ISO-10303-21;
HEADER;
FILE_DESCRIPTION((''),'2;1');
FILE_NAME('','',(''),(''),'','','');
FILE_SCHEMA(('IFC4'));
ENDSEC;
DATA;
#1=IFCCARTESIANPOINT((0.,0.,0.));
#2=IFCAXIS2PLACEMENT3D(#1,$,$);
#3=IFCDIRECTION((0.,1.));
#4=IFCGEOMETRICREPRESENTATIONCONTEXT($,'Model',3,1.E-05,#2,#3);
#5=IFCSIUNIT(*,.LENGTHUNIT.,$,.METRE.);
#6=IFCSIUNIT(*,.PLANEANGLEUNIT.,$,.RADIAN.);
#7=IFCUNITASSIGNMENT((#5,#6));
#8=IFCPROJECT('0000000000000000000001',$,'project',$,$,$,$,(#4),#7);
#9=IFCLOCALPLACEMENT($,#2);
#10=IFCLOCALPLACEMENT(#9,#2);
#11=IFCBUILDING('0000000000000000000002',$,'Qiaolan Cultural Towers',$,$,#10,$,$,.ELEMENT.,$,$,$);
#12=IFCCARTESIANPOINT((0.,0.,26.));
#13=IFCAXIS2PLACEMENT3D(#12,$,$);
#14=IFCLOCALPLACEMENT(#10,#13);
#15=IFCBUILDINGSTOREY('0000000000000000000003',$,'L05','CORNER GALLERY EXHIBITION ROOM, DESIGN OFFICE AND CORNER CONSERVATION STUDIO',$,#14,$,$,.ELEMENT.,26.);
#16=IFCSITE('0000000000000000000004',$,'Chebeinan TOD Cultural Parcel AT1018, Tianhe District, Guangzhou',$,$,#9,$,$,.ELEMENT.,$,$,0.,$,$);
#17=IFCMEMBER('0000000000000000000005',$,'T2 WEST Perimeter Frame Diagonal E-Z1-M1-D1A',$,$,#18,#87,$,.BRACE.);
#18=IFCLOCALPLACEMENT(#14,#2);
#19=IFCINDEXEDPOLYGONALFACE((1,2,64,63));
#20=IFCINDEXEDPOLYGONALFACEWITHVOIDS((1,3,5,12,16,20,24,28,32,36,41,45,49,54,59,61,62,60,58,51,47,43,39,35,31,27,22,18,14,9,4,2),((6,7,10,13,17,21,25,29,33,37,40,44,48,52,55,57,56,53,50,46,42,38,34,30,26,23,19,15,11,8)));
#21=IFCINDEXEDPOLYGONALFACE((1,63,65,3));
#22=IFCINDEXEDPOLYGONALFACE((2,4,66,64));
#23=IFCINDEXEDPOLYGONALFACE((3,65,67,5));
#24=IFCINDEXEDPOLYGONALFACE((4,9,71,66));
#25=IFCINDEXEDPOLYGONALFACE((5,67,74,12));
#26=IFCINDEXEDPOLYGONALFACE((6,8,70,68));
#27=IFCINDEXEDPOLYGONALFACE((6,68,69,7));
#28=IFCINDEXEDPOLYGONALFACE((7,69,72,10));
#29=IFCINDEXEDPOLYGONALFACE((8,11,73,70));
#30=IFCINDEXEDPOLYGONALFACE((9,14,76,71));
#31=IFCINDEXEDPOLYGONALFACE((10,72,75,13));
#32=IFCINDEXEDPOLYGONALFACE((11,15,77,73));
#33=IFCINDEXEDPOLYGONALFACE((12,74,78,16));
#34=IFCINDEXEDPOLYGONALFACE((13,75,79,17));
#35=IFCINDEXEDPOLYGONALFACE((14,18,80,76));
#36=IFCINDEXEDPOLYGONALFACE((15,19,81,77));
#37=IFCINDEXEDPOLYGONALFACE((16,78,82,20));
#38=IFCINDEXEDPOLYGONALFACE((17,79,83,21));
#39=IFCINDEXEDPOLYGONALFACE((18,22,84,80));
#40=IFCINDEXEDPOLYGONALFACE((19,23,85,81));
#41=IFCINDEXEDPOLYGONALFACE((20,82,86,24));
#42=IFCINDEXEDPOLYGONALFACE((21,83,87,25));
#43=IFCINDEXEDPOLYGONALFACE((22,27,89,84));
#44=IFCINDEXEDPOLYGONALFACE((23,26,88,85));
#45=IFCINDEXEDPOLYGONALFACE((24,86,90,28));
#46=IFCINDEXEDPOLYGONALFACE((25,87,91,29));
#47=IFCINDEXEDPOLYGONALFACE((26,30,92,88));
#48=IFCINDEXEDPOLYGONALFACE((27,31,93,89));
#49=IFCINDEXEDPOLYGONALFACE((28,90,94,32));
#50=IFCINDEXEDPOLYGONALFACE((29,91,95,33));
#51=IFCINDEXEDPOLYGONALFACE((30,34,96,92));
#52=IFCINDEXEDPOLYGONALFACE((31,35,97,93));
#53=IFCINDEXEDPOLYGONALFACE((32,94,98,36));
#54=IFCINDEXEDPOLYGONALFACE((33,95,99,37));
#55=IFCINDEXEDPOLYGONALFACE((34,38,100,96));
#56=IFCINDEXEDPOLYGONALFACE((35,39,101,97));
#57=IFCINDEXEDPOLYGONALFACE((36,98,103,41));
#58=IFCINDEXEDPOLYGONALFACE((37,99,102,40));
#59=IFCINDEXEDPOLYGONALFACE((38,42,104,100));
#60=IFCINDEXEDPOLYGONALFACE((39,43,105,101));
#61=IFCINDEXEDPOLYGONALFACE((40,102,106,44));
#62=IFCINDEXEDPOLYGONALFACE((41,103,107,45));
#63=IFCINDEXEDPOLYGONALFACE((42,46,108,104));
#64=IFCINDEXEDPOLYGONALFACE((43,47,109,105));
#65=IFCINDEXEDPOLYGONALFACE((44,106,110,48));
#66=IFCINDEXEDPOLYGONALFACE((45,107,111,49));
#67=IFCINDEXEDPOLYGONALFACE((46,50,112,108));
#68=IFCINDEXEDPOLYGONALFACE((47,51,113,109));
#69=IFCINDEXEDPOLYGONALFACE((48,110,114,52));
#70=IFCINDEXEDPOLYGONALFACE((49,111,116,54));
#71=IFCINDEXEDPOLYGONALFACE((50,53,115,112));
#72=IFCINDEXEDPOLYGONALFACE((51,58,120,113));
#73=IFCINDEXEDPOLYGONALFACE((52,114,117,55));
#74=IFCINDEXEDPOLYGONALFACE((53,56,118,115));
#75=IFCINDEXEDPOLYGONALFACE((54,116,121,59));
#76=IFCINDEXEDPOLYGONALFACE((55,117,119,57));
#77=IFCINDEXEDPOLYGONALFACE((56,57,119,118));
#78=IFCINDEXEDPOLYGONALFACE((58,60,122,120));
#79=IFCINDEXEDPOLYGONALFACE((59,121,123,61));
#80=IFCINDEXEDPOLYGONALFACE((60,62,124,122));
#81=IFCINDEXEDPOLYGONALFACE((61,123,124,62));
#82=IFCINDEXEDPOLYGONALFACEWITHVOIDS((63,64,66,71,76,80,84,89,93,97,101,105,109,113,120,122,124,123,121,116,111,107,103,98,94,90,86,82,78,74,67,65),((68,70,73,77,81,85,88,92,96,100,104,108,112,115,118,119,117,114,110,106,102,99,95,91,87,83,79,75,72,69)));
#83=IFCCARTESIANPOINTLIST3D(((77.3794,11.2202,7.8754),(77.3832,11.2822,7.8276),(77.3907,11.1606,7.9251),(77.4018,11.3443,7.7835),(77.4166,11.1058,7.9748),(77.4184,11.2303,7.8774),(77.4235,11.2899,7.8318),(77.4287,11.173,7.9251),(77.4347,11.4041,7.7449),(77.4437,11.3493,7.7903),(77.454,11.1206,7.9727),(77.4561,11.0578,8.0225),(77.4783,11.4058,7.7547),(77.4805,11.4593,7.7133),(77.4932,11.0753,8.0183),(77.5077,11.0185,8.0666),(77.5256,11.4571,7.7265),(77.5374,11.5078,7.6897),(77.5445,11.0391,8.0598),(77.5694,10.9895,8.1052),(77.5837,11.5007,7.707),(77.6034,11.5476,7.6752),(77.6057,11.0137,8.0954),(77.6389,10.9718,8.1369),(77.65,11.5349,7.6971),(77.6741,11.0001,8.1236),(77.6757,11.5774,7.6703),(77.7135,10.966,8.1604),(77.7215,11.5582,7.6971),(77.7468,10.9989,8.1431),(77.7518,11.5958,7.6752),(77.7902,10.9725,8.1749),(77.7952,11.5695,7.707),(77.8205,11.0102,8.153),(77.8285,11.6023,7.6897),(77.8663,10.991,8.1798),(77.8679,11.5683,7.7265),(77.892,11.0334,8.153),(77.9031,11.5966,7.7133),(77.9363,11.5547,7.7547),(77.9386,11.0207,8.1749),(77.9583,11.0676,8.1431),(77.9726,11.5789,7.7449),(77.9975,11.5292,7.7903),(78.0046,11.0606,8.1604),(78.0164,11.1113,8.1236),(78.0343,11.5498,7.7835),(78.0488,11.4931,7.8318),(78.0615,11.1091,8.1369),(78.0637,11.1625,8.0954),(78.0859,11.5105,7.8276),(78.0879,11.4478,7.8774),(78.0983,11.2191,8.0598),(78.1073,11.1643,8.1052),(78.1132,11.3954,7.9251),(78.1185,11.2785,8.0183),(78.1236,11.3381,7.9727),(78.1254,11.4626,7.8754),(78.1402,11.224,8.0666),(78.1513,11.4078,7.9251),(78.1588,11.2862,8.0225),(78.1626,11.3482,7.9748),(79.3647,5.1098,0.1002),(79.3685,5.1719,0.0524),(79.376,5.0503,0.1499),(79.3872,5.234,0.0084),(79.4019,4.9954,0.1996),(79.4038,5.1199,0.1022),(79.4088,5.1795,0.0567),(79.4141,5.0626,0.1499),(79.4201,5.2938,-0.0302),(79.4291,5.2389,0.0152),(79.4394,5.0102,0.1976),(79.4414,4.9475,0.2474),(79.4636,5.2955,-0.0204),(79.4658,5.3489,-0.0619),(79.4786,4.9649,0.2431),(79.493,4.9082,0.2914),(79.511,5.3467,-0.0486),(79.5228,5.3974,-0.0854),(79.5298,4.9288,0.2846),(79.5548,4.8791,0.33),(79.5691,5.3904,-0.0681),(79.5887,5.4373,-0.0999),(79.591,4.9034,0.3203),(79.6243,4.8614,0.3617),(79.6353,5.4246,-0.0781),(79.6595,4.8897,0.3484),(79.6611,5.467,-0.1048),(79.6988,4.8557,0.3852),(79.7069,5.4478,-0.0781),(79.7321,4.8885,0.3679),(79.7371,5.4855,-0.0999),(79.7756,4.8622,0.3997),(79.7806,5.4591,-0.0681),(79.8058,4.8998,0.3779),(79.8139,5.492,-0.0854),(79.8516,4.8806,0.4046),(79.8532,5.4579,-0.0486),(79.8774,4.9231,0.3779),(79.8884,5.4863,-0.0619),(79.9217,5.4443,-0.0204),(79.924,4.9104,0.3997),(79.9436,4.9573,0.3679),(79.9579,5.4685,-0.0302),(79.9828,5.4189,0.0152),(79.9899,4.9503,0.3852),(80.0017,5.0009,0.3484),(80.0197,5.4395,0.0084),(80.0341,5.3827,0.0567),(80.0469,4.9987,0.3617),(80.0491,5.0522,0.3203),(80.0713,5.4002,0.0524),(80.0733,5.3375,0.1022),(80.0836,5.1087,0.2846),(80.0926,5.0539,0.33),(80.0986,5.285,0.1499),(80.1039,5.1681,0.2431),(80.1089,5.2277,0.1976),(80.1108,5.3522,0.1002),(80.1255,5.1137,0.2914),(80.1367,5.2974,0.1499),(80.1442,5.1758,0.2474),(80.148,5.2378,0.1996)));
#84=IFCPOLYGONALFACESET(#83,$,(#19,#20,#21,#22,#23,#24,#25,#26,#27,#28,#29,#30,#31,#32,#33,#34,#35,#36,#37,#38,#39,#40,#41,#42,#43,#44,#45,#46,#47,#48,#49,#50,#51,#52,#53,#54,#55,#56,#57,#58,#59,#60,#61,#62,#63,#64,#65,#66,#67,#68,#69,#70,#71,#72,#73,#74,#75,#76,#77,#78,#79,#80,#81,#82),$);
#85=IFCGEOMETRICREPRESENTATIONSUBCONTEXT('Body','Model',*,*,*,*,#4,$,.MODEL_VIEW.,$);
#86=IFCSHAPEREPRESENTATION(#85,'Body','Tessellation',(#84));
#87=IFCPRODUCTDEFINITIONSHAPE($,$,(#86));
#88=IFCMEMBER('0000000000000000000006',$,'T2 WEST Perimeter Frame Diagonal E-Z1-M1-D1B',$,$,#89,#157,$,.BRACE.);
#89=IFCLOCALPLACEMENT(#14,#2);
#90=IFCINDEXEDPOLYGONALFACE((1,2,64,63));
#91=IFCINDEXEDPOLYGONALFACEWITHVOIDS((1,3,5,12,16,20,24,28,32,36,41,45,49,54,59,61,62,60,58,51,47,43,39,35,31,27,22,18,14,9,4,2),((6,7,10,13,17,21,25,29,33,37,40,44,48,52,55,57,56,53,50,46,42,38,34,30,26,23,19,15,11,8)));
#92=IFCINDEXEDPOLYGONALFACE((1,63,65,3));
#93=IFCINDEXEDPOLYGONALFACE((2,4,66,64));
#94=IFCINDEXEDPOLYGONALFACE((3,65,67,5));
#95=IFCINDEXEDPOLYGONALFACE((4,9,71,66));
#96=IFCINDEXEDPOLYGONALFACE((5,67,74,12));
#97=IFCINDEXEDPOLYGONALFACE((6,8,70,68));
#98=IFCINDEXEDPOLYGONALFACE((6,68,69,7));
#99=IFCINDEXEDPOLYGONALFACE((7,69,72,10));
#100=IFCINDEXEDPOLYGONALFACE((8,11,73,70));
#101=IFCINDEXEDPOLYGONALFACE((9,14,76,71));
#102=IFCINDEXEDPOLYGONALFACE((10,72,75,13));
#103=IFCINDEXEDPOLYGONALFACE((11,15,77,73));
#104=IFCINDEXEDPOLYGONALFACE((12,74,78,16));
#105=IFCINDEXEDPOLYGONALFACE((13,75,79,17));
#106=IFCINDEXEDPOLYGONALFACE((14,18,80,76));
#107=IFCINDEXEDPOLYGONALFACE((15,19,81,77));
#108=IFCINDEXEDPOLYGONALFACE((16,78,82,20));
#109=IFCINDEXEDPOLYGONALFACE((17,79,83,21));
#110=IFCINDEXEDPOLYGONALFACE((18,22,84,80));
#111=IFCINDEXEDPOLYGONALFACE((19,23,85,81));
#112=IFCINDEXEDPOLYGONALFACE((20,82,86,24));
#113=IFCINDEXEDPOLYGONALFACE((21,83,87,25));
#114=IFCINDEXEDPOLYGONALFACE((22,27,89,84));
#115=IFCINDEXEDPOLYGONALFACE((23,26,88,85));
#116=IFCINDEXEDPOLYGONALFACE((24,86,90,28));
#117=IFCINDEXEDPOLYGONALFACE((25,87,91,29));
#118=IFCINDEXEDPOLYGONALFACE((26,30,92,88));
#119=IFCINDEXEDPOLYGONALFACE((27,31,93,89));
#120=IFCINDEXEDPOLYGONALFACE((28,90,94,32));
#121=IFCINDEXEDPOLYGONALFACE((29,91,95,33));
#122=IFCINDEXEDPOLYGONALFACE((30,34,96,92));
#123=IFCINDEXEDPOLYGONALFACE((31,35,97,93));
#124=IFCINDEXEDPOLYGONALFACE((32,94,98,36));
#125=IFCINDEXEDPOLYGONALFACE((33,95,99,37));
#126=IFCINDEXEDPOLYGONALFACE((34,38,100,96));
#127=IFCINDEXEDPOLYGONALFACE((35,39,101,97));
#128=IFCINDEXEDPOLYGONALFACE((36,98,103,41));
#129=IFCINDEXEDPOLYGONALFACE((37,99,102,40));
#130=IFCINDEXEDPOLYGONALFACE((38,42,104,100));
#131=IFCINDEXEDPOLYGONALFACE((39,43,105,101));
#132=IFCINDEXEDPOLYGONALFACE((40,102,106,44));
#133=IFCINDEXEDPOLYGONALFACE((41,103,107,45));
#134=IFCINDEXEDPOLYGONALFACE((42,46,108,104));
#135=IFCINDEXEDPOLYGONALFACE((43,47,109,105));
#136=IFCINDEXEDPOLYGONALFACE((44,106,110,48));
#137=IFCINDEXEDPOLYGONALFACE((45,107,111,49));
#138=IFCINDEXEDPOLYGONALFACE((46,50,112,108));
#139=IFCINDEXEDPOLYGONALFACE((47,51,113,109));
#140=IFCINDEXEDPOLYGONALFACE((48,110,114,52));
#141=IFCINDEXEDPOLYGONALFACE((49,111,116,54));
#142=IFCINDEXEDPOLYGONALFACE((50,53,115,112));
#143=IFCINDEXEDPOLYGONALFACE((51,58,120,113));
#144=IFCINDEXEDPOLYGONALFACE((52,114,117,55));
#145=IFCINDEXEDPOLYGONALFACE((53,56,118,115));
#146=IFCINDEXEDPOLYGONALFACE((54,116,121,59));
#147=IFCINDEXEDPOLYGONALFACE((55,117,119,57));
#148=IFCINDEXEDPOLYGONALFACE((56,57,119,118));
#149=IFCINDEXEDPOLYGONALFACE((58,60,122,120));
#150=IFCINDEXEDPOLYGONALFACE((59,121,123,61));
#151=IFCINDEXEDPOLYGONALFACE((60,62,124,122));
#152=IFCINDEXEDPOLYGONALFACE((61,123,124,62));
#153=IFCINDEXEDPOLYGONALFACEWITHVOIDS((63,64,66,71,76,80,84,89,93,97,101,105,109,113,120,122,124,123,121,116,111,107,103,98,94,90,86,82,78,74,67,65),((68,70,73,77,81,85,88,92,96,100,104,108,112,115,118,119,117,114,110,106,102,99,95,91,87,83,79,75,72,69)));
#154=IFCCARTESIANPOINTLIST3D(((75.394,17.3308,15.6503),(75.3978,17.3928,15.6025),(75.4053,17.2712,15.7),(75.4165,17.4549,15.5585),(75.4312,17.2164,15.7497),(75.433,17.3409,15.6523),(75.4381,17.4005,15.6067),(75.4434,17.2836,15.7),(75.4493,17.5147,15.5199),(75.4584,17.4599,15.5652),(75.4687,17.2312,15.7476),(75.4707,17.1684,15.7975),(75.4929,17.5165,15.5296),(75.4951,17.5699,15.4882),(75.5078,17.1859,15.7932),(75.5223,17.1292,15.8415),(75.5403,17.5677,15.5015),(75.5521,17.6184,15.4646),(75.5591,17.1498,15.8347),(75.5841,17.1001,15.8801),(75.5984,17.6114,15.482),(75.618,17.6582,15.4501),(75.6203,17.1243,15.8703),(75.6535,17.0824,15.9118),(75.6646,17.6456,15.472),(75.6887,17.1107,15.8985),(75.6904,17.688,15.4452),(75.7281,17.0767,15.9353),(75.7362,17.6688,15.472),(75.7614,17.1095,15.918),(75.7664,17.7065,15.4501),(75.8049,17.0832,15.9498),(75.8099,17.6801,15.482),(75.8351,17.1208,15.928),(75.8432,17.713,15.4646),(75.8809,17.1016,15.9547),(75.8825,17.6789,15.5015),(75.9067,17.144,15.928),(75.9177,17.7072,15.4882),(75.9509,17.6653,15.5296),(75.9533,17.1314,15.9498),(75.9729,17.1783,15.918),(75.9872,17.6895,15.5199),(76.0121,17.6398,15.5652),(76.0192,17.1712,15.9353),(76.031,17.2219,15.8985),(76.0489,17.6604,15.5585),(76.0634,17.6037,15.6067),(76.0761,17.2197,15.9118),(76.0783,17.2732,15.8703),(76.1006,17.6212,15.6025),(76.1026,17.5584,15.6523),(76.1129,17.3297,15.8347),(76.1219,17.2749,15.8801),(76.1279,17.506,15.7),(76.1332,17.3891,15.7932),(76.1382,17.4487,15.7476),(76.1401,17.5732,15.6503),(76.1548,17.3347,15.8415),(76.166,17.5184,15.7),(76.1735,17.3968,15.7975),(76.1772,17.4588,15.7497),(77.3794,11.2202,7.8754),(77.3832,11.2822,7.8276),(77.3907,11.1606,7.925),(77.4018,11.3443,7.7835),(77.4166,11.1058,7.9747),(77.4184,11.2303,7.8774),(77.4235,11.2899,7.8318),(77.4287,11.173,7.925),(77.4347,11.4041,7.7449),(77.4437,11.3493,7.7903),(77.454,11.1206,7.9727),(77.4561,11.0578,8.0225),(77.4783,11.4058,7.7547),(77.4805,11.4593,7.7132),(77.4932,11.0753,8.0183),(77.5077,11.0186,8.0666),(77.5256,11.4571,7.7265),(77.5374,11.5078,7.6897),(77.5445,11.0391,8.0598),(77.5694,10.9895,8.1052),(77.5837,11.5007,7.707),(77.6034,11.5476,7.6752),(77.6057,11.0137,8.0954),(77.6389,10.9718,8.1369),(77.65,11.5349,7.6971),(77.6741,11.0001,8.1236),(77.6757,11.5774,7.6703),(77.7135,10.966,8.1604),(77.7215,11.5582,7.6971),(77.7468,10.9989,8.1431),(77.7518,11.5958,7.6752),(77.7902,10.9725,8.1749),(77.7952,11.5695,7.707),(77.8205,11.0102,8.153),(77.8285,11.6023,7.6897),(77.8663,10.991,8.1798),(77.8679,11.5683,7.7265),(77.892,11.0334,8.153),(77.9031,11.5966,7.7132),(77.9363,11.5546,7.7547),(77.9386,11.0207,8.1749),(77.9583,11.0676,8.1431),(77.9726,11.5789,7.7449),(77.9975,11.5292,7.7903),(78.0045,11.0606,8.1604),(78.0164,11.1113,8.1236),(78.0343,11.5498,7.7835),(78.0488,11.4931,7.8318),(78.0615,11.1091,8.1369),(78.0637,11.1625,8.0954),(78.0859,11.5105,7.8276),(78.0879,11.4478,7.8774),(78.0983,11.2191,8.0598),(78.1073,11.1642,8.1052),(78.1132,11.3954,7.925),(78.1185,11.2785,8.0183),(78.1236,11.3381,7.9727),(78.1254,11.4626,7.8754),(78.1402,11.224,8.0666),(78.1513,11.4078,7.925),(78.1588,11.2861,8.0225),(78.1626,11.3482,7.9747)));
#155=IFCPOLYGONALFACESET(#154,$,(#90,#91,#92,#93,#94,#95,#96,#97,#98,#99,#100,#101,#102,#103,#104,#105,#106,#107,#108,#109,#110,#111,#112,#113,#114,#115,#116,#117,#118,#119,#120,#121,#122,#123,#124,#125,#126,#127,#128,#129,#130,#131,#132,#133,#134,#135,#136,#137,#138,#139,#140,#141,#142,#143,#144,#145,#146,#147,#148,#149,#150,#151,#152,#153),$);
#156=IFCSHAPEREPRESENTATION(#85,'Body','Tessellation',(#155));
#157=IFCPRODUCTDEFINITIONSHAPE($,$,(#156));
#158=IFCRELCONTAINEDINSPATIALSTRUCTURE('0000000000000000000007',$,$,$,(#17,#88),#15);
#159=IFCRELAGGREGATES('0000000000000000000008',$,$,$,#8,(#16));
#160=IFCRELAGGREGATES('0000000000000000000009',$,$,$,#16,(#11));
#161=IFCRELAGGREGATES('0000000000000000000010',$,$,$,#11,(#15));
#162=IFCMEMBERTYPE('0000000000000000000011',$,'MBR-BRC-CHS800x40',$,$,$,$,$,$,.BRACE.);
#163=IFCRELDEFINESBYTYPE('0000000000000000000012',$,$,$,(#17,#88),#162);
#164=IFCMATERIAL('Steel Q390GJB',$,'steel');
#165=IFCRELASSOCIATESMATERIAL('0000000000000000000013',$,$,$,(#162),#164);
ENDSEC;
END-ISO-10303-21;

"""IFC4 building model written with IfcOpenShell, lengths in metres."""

from ifc_helpers import new_model, si_unit, direction, frame, origin, origin_2d, place, context, subcontext, project, spatial, hollow_circle, extrude, material, material_profile, profile_set, type_object, element, save


model = new_model("IFC4")

# Units and contexts
model_context = context("Model", 3, precision=1e-05, world=origin(), true_north=direction((0.0, 1.0)))
body_context = subcontext(model_context, "Body", "Model", "MODEL_VIEW")
ifc_project = project(units=[si_unit("LENGTHUNIT", "METRE"), si_unit("PLANEANGLEUNIT", "RADIAN")], contexts=[model_context])

# Site, building, storey
site_placement = place(None, origin())
site = spatial("IfcSite", under=ifc_project, at=site_placement, Name="Chebeinan TOD Cultural Parcel AT1018, Tianhe District, Guangzhou", CompositionType="ELEMENT", RefElevation=0.0)
building_placement = place(site_placement, origin())
building = spatial("IfcBuilding", under=site, at=building_placement, Name="Qiaolan Cultural Towers", CompositionType="ELEMENT")
storey_placement = place(building_placement, frame((0.0, 0.0, 26.0)))
storey = spatial("IfcBuildingStorey", under=building, at=storey_placement, Name="L05", Description="CORNER GALLERY EXHIBITION ROOM, DESIGN OFFICE AND CORNER CONSERVATION STUDIO", CompositionType="ELEMENT", Elevation=26.0)

# Members
ifc_material_1 = material(Name="Steel Q390GJB", Category="steel")
ifc_material_profile_1 = material_profile(ifc_material_1, hollow_circle(Radius=0.3999, WallThickness=0.04, at=origin_2d()), Name="CHS800x40")
ifc_profile_set_1 = profile_set([ifc_material_profile_1], Name="Steel Q390GJB")
member_type = type_object("IfcMemberType", Name="MBR-BRC-CHS800x40", PredefinedType="BRACE", material=ifc_profile_set_1)
for number, where, z_axis, x_axis, name in (
    (1, (79.7563, 5.1738, 0.1499), (-0.196839, 0.605815, 0.770872), (-0.951058, -0.309014, 0.0), "T2 WEST Perimeter Frame Diagonal E-Z1-M1-D1A"),
    (2, (77.771, 11.2842, 7.925), (-0.19684, 0.605841, 0.770851), (-0.951061, -0.309003, 0.0), "T2 WEST Perimeter Frame Diagonal E-Z1-M1-D1B"),
):
    element("IfcMember", number, at=place(storey_placement, frame(where, z_axis=z_axis, x_axis=x_axis)), inside=storey, type_object=member_type, Name=name, PredefinedType="BRACE", context=body_context, shape_type="SweptSolid", body=[
        extrude(hollow_circle(Radius=0.3999, WallThickness=0.04, at=origin_2d()), origin(), (0.0, 0.0, 1.0), 10.0862),
    ])

save(model, "model.ifc")
